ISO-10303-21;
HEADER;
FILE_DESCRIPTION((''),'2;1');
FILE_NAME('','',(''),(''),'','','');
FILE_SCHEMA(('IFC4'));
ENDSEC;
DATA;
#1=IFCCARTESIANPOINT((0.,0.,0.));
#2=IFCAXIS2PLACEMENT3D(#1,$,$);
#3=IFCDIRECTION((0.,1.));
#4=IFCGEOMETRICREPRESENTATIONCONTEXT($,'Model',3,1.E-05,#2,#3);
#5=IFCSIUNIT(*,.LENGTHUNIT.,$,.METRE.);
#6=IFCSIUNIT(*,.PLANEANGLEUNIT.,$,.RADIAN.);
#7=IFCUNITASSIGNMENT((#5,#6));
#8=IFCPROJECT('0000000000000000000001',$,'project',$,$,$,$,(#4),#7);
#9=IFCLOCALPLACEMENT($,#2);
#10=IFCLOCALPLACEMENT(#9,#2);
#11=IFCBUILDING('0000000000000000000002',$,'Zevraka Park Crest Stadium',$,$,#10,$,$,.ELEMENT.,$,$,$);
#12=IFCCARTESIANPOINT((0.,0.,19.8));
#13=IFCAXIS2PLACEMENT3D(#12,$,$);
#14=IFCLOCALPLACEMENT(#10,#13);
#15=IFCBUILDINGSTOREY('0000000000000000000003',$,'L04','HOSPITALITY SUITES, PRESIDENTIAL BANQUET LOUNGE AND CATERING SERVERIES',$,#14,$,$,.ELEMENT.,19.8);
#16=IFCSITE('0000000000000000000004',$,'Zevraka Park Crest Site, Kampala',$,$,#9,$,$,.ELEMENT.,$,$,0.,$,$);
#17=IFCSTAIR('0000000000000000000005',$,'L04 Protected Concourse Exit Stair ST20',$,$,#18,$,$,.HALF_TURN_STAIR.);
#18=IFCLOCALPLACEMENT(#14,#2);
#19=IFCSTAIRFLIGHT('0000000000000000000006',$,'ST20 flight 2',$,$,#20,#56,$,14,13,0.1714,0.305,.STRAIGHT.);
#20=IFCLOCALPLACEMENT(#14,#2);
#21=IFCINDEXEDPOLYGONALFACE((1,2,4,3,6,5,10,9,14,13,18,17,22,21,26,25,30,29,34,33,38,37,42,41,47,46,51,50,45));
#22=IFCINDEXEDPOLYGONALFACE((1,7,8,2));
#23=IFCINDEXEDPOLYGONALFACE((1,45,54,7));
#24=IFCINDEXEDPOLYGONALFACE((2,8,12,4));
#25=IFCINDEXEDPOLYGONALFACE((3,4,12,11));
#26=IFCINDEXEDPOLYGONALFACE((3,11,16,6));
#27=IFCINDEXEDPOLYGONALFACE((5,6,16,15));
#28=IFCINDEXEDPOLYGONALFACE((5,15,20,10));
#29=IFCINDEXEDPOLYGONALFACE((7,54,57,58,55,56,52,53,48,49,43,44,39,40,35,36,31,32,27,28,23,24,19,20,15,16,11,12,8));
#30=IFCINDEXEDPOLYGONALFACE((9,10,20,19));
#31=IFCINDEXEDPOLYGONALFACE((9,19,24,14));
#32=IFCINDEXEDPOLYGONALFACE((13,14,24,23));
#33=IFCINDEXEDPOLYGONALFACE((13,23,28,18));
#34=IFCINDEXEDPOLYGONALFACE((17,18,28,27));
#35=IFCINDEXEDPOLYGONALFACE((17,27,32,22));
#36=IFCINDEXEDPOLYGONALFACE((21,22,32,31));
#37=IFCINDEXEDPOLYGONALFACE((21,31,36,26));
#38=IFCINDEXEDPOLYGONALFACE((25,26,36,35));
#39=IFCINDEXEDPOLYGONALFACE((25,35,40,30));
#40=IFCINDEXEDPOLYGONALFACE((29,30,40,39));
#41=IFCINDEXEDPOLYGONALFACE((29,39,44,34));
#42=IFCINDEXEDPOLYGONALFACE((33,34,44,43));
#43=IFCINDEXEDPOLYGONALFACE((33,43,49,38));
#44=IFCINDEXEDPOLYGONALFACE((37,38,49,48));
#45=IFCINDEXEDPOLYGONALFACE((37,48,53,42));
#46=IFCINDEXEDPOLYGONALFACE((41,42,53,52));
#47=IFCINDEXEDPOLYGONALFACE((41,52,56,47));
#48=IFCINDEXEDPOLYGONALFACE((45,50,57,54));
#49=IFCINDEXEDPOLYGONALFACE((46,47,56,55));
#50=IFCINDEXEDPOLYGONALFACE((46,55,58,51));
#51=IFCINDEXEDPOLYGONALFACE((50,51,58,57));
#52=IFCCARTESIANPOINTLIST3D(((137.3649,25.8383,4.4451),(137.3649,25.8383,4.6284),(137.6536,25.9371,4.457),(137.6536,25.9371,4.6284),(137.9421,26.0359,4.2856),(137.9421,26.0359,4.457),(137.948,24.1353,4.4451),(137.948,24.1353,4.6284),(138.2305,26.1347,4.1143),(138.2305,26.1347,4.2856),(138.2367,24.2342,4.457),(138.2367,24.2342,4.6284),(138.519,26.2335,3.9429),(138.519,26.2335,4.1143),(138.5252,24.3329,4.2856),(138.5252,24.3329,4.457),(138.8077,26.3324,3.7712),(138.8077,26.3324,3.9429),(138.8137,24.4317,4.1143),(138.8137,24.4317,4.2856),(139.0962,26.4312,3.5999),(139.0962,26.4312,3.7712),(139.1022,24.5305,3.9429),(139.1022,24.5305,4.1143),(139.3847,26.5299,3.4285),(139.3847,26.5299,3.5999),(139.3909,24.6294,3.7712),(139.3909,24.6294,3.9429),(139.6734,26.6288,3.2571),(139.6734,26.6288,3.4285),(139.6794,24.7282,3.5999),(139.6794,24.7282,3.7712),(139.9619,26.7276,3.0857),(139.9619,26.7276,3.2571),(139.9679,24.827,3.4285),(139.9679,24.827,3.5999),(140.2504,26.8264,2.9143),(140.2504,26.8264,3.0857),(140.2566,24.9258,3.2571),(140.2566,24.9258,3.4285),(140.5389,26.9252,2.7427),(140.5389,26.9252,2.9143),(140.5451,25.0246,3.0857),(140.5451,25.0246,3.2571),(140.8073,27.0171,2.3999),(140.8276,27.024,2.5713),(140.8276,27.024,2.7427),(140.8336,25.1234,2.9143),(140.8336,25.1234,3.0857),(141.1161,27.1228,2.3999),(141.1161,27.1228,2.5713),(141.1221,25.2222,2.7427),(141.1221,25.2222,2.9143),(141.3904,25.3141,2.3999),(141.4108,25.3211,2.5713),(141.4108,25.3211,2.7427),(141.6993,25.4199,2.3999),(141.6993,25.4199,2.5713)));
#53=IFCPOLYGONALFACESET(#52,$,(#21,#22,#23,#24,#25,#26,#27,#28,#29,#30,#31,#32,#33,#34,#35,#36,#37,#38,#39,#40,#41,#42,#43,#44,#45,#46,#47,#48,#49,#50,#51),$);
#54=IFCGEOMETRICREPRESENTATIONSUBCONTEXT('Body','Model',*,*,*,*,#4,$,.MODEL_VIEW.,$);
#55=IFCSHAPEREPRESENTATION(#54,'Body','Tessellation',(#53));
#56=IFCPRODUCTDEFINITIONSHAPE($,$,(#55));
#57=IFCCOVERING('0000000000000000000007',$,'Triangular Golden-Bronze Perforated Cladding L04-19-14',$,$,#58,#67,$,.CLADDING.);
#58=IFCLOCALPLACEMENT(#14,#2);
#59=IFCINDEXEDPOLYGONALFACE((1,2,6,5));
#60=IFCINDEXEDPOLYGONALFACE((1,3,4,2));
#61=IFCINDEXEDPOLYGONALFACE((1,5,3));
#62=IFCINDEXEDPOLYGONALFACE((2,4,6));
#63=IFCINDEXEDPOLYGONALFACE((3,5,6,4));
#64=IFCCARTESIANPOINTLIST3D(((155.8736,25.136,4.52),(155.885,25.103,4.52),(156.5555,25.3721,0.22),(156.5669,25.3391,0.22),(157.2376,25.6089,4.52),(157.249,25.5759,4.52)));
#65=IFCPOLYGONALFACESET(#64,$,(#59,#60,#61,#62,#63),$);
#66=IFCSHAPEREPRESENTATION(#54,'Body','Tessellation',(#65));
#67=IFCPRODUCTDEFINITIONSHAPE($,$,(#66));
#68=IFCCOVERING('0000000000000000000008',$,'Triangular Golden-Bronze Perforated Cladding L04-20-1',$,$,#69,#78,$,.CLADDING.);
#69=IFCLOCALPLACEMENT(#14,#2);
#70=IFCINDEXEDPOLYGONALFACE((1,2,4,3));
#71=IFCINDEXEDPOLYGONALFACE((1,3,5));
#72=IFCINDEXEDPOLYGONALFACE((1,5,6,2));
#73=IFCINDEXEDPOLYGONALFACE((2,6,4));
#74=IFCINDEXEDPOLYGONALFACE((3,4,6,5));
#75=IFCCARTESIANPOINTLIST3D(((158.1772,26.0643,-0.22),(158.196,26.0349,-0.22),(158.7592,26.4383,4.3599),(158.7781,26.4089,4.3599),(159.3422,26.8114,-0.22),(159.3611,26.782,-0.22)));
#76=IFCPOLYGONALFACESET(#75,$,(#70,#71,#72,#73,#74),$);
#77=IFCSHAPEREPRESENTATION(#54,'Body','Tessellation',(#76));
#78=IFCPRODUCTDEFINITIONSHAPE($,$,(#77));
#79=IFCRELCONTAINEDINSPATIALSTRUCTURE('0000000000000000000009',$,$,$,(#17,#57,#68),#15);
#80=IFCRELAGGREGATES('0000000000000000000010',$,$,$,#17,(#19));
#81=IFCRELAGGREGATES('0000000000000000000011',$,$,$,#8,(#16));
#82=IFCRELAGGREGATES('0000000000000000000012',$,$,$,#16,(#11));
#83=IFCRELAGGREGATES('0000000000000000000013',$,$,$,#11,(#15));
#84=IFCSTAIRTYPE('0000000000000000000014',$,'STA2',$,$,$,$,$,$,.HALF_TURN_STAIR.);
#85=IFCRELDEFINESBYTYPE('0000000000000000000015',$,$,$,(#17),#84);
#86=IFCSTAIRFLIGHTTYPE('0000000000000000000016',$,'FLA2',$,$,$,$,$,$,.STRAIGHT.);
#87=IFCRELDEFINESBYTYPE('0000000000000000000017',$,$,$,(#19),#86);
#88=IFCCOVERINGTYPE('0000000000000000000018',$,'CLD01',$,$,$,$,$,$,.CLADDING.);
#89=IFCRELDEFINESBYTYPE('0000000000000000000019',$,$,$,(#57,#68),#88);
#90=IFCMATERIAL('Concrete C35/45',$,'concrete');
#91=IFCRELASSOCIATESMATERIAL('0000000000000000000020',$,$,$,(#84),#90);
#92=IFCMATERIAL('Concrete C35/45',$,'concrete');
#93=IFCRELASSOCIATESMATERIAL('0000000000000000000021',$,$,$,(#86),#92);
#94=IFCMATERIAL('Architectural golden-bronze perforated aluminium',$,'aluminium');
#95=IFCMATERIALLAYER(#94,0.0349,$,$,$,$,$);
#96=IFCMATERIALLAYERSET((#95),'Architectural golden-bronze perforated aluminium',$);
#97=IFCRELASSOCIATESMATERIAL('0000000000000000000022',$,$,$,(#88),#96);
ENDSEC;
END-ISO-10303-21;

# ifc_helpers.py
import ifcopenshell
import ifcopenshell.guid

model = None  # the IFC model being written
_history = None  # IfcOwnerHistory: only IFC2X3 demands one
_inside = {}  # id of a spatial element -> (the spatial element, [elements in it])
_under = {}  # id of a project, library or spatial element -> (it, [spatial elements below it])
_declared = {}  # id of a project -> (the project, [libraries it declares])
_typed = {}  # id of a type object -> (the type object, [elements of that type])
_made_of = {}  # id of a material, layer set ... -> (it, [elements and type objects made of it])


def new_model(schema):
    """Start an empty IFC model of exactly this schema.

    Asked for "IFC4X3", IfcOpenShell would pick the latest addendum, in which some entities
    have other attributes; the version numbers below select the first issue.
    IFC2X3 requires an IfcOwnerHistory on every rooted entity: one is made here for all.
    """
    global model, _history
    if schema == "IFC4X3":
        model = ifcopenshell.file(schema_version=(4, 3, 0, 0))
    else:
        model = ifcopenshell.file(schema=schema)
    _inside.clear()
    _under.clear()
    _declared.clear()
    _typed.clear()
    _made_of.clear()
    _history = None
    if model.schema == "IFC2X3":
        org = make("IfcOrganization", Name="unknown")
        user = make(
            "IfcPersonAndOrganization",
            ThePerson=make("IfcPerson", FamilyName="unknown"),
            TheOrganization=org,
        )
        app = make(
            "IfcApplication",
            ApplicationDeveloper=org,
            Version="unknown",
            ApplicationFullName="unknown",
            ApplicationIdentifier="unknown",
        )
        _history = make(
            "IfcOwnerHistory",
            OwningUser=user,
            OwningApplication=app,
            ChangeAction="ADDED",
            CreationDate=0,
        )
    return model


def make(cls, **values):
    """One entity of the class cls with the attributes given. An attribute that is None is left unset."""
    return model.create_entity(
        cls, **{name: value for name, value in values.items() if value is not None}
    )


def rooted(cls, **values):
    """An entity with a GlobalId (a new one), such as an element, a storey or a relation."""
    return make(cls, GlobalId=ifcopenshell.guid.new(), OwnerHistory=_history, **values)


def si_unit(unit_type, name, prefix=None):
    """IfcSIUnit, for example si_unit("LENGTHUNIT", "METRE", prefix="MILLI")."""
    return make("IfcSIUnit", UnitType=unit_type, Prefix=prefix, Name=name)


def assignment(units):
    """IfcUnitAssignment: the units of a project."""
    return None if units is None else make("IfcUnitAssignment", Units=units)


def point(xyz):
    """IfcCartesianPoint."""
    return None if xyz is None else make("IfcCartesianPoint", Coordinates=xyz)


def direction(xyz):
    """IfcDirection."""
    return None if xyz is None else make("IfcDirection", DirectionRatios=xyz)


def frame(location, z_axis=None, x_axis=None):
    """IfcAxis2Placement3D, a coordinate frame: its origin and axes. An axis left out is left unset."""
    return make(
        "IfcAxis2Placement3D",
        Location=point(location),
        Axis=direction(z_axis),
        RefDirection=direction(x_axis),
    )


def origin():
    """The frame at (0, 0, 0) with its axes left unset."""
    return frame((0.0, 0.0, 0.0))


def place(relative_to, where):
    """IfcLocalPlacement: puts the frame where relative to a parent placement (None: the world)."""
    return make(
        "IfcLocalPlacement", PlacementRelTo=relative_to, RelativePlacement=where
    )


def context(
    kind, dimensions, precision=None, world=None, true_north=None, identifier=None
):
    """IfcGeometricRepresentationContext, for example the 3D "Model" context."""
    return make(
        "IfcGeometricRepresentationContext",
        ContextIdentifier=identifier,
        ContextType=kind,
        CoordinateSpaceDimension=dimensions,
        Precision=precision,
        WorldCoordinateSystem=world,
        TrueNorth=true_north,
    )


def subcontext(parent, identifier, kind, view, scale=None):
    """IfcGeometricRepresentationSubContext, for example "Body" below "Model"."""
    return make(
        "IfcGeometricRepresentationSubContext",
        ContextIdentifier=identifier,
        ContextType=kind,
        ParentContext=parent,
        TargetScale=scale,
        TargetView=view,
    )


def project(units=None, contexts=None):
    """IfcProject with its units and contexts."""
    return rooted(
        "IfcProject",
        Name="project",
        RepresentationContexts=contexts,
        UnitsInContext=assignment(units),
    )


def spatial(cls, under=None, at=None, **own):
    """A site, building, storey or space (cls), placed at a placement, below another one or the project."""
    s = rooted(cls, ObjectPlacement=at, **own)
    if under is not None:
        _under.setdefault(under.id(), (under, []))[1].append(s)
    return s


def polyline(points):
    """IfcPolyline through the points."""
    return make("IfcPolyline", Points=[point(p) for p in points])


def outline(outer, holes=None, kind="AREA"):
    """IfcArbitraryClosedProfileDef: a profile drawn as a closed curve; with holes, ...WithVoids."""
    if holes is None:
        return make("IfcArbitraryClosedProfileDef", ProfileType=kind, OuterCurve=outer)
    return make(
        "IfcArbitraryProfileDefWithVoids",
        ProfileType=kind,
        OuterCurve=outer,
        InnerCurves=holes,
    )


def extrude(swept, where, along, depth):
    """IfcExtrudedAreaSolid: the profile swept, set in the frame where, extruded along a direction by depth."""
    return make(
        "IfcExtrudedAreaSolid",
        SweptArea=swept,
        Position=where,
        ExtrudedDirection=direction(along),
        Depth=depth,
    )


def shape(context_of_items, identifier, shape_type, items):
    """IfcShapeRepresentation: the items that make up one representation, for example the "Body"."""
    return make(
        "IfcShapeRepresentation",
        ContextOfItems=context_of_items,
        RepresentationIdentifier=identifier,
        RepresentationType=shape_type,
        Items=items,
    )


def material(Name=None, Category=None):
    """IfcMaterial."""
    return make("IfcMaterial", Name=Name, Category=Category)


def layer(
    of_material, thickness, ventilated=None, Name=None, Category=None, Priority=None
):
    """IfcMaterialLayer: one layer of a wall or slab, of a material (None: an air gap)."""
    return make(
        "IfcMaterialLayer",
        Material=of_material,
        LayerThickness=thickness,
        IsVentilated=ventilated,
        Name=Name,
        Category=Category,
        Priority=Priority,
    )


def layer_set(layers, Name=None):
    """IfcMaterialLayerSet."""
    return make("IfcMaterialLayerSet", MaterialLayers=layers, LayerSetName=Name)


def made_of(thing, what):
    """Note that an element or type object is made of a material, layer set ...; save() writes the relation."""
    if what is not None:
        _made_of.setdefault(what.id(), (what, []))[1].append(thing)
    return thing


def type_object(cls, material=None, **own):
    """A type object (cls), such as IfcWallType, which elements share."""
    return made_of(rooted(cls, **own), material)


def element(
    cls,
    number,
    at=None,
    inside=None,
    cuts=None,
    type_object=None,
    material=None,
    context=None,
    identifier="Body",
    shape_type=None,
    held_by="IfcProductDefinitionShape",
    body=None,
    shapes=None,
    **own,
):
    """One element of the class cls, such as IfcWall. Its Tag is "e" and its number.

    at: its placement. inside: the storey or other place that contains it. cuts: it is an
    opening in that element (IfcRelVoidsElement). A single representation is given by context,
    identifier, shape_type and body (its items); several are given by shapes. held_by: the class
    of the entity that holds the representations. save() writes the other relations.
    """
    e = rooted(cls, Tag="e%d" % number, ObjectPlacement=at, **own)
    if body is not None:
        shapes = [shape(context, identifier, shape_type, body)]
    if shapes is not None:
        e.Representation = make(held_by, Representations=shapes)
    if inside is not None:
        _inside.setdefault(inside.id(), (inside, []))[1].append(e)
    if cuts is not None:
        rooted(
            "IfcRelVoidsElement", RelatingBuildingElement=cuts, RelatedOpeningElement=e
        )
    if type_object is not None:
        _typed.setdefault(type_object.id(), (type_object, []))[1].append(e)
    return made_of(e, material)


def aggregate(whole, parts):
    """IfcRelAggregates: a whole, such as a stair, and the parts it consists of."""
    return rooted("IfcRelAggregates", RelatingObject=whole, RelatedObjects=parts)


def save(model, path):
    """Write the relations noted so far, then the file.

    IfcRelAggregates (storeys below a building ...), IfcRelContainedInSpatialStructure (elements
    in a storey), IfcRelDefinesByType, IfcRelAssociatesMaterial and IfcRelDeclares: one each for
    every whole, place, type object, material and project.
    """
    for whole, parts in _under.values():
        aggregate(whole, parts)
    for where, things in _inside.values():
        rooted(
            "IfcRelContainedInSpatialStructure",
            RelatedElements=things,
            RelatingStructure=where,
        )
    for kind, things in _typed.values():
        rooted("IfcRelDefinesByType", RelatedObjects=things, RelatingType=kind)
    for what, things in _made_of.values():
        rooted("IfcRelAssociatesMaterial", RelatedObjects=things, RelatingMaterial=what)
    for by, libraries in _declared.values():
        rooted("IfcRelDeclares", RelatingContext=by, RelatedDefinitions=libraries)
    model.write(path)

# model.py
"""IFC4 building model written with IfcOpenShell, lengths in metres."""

from ifc_helpers import new_model, si_unit, direction, frame, origin, place, context, subcontext, project, spatial, polyline, outline, extrude, material, layer, layer_set, type_object, element, aggregate, save


model = new_model("IFC4")

# Units and contexts
model_context = context("Model", 3, precision=1e-05, world=origin(), true_north=direction((0.0, 1.0)))
body_context = subcontext(model_context, "Body", "Model", "MODEL_VIEW")
ifc_project = project(units=[si_unit("LENGTHUNIT", "METRE"), si_unit("PLANEANGLEUNIT", "RADIAN")], contexts=[model_context])

# Site, building, storey
site_placement = place(None, origin())
site = spatial("IfcSite", under=ifc_project, at=site_placement, Name="Zevraka Park Crest Site, Kampala", CompositionType="ELEMENT", RefElevation=0.0)
building_placement = place(site_placement, origin())
building = spatial("IfcBuilding", under=site, at=building_placement, Name="Zevraka Park Crest Stadium", CompositionType="ELEMENT")
storey_placement = place(building_placement, frame((0.0, 0.0, 19.8)))
storey = spatial("IfcBuildingStorey", under=building, at=storey_placement, Name="L04", Description="HOSPITALITY SUITES, PRESIDENTIAL BANQUET LOUNGE AND CATERING SERVERIES", CompositionType="ELEMENT", Elevation=19.8)

# Stair, stair flight
ifc_material_1 = material(Name="Concrete C35/45", Category="concrete")
stair_type = type_object("IfcStairType", Name="STA2", PredefinedType="HALF_TURN_STAIR", material=ifc_material_1)
stair_placement = place(storey_placement, origin())
stair = element("IfcStair", 1, at=stair_placement, inside=storey, type_object=stair_type, Name="L04 Protected Concourse Exit Stair ST20", PredefinedType="HALF_TURN_STAIR")
ifc_material_2 = material(Name="Concrete C35/45", Category="concrete")
stair_flight_type = type_object("IfcStairFlightType", Name="FLA2", PredefinedType="STRAIGHT", material=ifc_material_2)
stair_flight_placement = place(storey_placement, frame((141.4077, 26.2712, 2.3999), z_axis=(0.0, 0.0, 1.0), x_axis=(-0.946066, -0.323974, 0.0)))
stair_flight = element("IfcStairFlight", 2, at=stair_flight_placement, type_object=stair_flight_type, Name="ST20 flight 2", NumberOfRisers=14, NumberOfTreads=13, PredefinedType="STRAIGHT", RiserHeight=0.1714, TreadLength=0.305, context=body_context, shape_type="SweptSolid", body=[
    extrude(outline(polyline([(0.0, 0.0), (0.0, 0.1714), (0.3049, 0.1714), (0.3049, 0.3428), (0.6101, 0.3428), (0.6101, 0.5144), (0.915, 0.5144), (0.915, 0.6858), (1.22, 0.6858), (1.22, 0.8572), (1.5249, 0.8572), (1.5249, 1.0286), (1.8301, 1.0286), (1.8301, 1.2), (2.135, 1.2), (2.135, 1.3713), (2.4399, 1.3713), (2.4399, 1.543), (2.7451, 1.543), (2.7451, 1.7144), (3.05, 1.7144), (3.05, 1.8857), (3.355, 1.8857), (3.355, 2.0571), (3.6599, 2.0571), (3.6599, 2.2285), (3.9651, 2.2285), (3.9651, 2.3999), (3.9651, 2.0452), (0.3264, 0.0), (0.0, 0.0)])), frame((0.0, 0.8999, 0.0), z_axis=(0.0, -1.0, 0.0), x_axis=(1.0, 0.0, 0.0)), (0.0, 0.0, 1.0), 1.8),
])
aggregate(stair, [stair_flight])

# Coverings
ifc_material_3 = material(Name="Architectural golden-bronze perforated aluminium", Category="aluminium")
ifc_layer_1 = layer(ifc_material_3, 0.0349)
ifc_layer_set_1 = layer_set([ifc_layer_1], Name="Architectural golden-bronze perforated aluminium")
covering_type = type_object("IfcCoveringType", Name="CLD01", PredefinedType="CLADDING", material=ifc_layer_set_1)
covering_1_placement = place(storey_placement, frame((157.249, 25.5759, 4.52), z_axis=(0.327569, -0.944827, 0.000071), x_axis=(-0.944827, -0.327569, 0.0)))
element("IfcCovering", 3, at=covering_1_placement, inside=storey, type_object=covering_type, Name="Triangular Golden-Bronze Perforated Cladding L04-19-14", PredefinedType="CLADDING", context=body_context, shape_type="SweptSolid", body=[
    extrude(outline(polyline([(0.0, 0.0), (1.4437, 0.0), (0.7221, 4.3), (0.0, 0.0)])), origin(), (0.0, 0.0, -1.0), 0.0349),
])
covering_2_placement = place(storey_placement, frame((158.196, 26.0349, -0.22), z_axis=(0.539794, -0.841797, 0.000147), x_axis=(0.841797, 0.539794, 0.0)))
element("IfcCovering", 4, at=covering_2_placement, inside=storey, type_object=covering_type, Name="Triangular Golden-Bronze Perforated Cladding L04-20-1", PredefinedType="CLADDING", context=body_context, shape_type="SweptSolid", body=[
    extrude(outline(polyline([(0.0, 0.0), (1.384, 0.0), (0.6918, 4.5798), (0.0, 0.0)])), origin(), (0.0, 0.0, -1.0), 0.0349),
])

save(model, "model.ifc")
